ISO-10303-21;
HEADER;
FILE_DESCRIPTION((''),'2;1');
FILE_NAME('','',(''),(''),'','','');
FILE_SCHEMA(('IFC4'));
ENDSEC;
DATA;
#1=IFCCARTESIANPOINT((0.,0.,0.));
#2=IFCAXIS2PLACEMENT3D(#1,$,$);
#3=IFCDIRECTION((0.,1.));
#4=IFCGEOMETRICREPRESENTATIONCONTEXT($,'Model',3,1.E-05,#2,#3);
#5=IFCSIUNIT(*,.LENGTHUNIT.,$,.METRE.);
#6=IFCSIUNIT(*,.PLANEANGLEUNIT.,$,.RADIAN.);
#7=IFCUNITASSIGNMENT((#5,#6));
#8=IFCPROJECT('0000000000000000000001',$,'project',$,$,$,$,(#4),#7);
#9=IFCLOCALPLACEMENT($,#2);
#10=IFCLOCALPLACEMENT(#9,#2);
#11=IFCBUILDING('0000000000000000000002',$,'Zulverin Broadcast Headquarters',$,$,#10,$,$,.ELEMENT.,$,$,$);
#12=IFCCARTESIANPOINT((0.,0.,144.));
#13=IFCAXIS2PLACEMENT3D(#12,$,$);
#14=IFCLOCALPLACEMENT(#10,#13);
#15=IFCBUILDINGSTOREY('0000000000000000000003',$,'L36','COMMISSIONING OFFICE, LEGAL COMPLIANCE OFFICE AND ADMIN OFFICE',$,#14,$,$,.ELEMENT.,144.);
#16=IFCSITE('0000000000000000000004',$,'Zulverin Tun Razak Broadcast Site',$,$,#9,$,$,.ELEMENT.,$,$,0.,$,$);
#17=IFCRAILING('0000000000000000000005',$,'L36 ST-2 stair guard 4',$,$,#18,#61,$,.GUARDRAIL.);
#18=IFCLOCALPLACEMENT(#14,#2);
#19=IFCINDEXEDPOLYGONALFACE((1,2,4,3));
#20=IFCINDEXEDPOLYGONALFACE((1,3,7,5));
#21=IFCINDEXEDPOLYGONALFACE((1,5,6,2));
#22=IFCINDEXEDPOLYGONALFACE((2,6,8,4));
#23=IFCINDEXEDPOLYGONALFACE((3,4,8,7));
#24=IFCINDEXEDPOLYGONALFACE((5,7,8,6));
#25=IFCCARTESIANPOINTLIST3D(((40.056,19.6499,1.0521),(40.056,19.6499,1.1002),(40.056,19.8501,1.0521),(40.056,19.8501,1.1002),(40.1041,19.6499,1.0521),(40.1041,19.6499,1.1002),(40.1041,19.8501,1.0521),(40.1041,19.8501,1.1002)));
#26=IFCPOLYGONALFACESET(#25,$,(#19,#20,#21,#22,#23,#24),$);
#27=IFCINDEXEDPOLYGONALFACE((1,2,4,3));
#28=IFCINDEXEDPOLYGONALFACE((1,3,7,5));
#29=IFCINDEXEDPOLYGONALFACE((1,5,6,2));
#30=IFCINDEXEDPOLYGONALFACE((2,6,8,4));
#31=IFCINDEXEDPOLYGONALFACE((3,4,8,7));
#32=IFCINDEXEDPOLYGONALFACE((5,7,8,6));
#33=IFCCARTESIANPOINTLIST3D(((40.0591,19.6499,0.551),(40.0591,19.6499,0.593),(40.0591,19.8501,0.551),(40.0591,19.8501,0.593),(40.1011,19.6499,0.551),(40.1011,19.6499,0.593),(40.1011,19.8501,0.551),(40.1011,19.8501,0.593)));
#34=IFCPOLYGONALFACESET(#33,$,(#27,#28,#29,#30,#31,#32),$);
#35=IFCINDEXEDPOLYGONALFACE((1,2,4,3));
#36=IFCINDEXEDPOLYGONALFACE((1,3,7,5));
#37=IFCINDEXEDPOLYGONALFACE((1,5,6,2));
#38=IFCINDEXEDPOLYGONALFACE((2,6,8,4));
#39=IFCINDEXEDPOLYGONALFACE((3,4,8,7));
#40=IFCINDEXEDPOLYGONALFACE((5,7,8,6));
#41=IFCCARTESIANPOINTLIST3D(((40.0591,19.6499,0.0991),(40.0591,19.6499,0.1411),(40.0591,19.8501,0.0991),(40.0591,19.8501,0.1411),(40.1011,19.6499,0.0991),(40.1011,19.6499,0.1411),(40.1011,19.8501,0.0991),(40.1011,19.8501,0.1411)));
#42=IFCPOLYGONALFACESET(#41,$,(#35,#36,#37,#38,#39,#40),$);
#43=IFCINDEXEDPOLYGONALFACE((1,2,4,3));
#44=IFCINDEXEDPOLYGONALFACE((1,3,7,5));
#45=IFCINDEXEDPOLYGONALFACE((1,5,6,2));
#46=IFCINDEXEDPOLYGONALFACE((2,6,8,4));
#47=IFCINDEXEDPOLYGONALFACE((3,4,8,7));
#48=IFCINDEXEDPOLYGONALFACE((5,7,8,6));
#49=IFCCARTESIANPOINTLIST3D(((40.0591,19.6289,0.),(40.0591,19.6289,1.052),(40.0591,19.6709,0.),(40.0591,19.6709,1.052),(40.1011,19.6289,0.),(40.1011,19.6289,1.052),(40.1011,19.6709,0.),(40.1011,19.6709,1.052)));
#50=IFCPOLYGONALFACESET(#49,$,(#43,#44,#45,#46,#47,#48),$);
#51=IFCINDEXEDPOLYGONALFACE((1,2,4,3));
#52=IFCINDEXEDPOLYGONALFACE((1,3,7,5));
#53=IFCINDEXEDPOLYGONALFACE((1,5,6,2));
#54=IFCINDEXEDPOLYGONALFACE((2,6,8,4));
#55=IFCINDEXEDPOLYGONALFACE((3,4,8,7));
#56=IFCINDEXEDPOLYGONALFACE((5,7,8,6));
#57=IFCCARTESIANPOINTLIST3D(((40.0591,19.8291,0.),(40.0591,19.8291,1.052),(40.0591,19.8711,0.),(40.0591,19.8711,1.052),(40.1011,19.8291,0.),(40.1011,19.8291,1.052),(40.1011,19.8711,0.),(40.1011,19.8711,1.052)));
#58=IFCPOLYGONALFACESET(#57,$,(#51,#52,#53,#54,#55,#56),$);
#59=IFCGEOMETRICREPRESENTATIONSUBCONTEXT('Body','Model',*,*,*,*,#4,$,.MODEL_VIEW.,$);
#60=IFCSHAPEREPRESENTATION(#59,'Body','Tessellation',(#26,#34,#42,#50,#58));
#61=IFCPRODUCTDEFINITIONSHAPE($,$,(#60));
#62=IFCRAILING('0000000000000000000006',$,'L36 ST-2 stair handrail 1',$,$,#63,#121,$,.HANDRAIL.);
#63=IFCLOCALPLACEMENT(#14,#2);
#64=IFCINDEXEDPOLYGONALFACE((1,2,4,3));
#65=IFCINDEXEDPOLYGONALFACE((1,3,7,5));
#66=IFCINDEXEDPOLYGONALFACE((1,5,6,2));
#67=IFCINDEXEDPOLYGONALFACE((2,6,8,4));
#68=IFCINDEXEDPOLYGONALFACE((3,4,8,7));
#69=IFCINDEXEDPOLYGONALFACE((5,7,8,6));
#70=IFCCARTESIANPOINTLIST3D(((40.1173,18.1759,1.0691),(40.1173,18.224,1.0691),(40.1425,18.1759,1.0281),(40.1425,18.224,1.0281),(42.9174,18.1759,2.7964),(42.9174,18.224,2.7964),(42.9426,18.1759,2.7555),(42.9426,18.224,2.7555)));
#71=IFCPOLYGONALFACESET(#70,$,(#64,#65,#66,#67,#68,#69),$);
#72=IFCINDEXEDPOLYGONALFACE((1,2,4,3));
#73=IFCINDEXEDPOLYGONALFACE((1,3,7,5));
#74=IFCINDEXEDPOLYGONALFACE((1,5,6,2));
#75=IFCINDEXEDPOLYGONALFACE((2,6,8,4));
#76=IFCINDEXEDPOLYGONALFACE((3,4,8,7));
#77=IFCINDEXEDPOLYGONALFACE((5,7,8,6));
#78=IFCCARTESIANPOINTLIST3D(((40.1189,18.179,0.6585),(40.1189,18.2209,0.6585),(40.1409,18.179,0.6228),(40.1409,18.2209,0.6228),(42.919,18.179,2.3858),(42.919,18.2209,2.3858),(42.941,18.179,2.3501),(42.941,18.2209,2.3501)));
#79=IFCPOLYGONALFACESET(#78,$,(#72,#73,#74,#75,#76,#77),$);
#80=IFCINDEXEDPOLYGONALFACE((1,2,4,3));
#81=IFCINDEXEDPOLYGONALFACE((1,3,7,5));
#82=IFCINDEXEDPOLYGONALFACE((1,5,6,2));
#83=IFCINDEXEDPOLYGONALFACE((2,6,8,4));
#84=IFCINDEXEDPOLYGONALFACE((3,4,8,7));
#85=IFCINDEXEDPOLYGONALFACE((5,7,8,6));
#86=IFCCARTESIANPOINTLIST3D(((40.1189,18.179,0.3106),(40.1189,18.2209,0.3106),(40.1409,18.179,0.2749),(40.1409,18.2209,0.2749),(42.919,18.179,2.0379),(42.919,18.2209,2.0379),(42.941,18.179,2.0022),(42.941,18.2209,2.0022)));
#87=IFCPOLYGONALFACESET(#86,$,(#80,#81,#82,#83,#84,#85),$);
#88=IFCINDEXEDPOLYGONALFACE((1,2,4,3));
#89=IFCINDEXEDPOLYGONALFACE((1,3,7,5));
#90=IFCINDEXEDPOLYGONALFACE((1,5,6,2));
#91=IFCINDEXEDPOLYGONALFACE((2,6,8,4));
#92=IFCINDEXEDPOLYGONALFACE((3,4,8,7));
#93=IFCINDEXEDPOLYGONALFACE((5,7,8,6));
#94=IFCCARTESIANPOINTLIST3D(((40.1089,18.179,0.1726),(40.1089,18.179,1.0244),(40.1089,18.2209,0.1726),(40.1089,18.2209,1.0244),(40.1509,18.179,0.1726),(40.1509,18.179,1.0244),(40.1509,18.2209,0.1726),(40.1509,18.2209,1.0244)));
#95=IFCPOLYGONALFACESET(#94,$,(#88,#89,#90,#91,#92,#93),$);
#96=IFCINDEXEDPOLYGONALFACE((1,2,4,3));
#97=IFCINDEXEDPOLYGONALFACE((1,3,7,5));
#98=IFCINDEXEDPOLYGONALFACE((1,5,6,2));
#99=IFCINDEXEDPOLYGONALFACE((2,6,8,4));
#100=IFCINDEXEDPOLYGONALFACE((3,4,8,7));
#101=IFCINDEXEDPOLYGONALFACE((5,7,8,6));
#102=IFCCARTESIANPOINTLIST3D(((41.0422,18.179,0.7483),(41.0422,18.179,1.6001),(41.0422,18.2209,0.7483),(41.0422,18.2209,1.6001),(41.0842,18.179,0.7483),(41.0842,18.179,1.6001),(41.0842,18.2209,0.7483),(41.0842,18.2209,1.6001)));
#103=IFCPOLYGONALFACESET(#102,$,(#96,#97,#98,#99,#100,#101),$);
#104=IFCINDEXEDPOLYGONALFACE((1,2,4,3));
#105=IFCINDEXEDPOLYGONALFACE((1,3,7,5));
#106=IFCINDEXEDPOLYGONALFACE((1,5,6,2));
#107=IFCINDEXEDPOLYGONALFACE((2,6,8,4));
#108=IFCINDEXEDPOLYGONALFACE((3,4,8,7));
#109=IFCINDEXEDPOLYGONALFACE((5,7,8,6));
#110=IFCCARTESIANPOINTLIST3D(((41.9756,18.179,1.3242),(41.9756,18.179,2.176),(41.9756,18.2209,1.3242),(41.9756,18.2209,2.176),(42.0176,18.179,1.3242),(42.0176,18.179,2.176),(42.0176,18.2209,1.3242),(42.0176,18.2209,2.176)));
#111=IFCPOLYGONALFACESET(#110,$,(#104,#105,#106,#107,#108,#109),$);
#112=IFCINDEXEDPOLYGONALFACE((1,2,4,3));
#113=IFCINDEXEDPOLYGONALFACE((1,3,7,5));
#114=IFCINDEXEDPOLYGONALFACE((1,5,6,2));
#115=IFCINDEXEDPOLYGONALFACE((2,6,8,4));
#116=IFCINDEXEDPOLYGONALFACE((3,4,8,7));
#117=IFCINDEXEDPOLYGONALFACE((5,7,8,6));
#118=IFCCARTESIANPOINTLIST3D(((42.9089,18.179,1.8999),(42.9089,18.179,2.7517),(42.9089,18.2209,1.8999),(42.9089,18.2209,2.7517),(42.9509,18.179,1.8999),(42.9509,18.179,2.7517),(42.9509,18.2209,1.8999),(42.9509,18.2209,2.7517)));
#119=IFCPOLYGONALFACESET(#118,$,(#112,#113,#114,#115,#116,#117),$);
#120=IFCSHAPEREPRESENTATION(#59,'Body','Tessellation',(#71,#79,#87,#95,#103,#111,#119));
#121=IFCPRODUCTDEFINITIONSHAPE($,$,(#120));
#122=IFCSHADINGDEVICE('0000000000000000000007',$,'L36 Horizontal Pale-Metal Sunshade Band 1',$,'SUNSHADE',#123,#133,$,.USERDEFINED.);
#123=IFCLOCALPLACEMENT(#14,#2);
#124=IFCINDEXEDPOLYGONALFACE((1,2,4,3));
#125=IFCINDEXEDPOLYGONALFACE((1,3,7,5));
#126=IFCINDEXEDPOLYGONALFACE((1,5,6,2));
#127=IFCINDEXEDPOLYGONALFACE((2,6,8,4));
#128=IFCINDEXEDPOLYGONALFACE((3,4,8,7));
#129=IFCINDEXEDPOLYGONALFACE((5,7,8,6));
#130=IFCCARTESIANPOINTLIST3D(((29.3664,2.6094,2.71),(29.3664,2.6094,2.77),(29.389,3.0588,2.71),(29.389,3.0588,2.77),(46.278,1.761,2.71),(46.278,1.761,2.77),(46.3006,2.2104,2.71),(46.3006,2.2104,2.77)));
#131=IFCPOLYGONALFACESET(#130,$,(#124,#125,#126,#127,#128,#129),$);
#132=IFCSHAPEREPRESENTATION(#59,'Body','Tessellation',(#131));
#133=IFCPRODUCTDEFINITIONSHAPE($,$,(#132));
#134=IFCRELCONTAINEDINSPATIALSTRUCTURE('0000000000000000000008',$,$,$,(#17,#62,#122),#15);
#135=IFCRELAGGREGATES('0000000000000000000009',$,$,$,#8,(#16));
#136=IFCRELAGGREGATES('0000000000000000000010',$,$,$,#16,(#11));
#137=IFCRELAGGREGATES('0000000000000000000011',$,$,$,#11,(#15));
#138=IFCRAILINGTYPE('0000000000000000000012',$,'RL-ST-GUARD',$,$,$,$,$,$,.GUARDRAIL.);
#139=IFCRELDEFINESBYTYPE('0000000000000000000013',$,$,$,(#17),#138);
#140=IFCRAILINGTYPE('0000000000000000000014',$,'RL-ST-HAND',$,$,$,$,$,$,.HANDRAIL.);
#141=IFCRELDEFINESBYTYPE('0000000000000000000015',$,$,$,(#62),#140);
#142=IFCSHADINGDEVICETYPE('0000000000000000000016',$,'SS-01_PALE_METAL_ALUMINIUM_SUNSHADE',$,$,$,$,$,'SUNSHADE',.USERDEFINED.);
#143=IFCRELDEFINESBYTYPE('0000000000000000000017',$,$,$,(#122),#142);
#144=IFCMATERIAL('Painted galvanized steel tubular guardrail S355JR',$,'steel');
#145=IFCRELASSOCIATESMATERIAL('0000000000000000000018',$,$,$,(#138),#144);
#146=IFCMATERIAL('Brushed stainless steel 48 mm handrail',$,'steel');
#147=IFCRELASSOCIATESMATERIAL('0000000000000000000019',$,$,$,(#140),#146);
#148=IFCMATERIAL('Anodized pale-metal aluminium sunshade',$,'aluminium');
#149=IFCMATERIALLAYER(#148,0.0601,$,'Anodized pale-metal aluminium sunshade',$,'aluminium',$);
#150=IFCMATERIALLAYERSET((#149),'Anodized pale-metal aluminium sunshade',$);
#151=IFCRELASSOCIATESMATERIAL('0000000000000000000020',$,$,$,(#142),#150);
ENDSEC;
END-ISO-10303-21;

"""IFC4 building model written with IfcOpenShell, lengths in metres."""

from ifc_helpers import new_model, si_unit, direction, frame, origin, origin_2d, place, context, subcontext, project, spatial, rectangle, extrude, material, layer, layer_set, type_object, element, save


model = new_model("IFC4")

# Units and contexts
model_context = context("Model", 3, precision=1e-05, world=origin(), true_north=direction((0.0, 1.0)))
body_context = subcontext(model_context, "Body", "Model", "MODEL_VIEW")
ifc_project = project(units=[si_unit("LENGTHUNIT", "METRE"), si_unit("PLANEANGLEUNIT", "RADIAN")], contexts=[model_context])

# Site, building, storey
site_placement = place(None, origin())
site = spatial("IfcSite", under=ifc_project, at=site_placement, Name="Zulverin Tun Razak Broadcast Site", CompositionType="ELEMENT", RefElevation=0.0)
building_placement = place(site_placement, origin())
building = spatial("IfcBuilding", under=site, at=building_placement, Name="Zulverin Broadcast Headquarters", CompositionType="ELEMENT")
storey_placement = place(building_placement, frame((0.0, 0.0, 144.0)))
storey = spatial("IfcBuildingStorey", under=building, at=storey_placement, Name="L36", Description="COMMISSIONING OFFICE, LEGAL COMPLIANCE OFFICE AND ADMIN OFFICE", CompositionType="ELEMENT", Elevation=144.0)

# Railings
ifc_material_1 = material(Name="Painted galvanized steel tubular guardrail S355JR", Category="steel")
railing_type_1 = type_object("IfcRailingType", Name="RL-ST-GUARD", PredefinedType="GUARDRAIL", material=ifc_material_1)
for number, where, name in (
    (1, (40.0801, 19.6499, 0.0), "L36 ST-2 stair guard 4"),
):
    element("IfcRailing", number, at=place(storey_placement, frame(where)), inside=storey, type_object=railing_type_1, Name=name, PredefinedType="GUARDRAIL", context=body_context, shape_type="SweptSolid", body=[
        extrude(rectangle(XDim=0.0481, YDim=0.0481, at=origin_2d()), frame((0.0, 0.0, 1.0762), z_axis=(0.0, 1.0, 0.0), x_axis=(-1.0, 0.0, 0.0)), (0.0, 0.0, 1.0), 0.2002),
        extrude(rectangle(XDim=0.042, YDim=0.042, at=origin_2d()), frame((0.0, 0.0, 0.572), z_axis=(0.0, 1.0, 0.0), x_axis=(-1.0, 0.0, 0.0)), (0.0, 0.0, 1.0), 0.2002),
        extrude(rectangle(XDim=0.042, YDim=0.042, at=origin_2d()), frame((0.0, 0.0, 0.1201), z_axis=(0.0, 1.0, 0.0), x_axis=(-1.0, 0.0, 0.0)), (0.0, 0.0, 1.0), 0.2002),
        extrude(rectangle(XDim=0.042, YDim=0.042, at=origin_2d()), origin(), (0.0, 0.0, 1.0), 1.052),
        extrude(rectangle(XDim=0.042, YDim=0.042, at=origin_2d()), frame((0.0, 0.2002, 0.0)), (0.0, 0.0, 1.0), 1.052),
    ])
ifc_material_2 = material(Name="Brushed stainless steel 48 mm handrail", Category="steel")
railing_type_2 = type_object("IfcRailingType", Name="RL-ST-HAND", PredefinedType="HANDRAIL", material=ifc_material_2)
railing_1_placement = place(storey_placement, frame((40.1299, 18.2, 0.1726)))
element("IfcRailing", 2, at=railing_1_placement, inside=storey, type_object=railing_type_2, Name="L36 ST-2 stair handrail 1", PredefinedType="HANDRAIL", context=body_context, shape_type="SweptSolid", body=[
    extrude(rectangle(XDim=0.0481, YDim=0.0481, at=origin_2d()), frame((0.0, 0.0, 0.876), z_axis=(0.85109, 0.0, 0.52502), x_axis=(0.0, 1.0, 0.0)), (0.0, 0.0, 1.0), 3.29),
    extrude(rectangle(XDim=0.042, YDim=0.042, at=origin_2d()), frame((0.0, 0.0, 0.468), z_axis=(0.85109, 0.0, 0.52502), x_axis=(0.0, 1.0, 0.0)), (0.0, 0.0, 1.0), 3.29),
    extrude(rectangle(XDim=0.042, YDim=0.042, at=origin_2d()), frame((0.0, 0.0, 0.1201), z_axis=(0.85109, 0.0, 0.52502), x_axis=(0.0, 1.0, 0.0)), (0.0, 0.0, 1.0), 3.29),
    extrude(rectangle(XDim=0.042, YDim=0.042, at=origin_2d()), origin(), (0.0, 0.0, 1.0), 0.8518),
    extrude(rectangle(XDim=0.042, YDim=0.042, at=origin_2d()), frame((0.9333, 0.0, 0.5757)), (0.0, 0.0, 1.0), 0.8518),
    extrude(rectangle(XDim=0.042, YDim=0.042, at=origin_2d()), frame((1.8667, 0.0, 1.1516)), (0.0, 0.0, 1.0), 0.8518),
    extrude(rectangle(XDim=0.042, YDim=0.042, at=origin_2d()), frame((2.8, 0.0, 1.7273)), (0.0, 0.0, 1.0), 0.8518),
])

# Shading device
ifc_material_3 = material(Name="Anodized pale-metal aluminium sunshade", Category="aluminium")
ifc_layer_1 = layer(ifc_material_3, 0.0601, Name="Anodized pale-metal aluminium sunshade", Category="aluminium")
ifc_layer_set_1 = layer_set([ifc_layer_1], Name="Anodized pale-metal aluminium sunshade")
shading_device_type = type_object("IfcShadingDeviceType", Name="SS-01_PALE_METAL_ALUMINIUM_SUNSHADE", ElementType="SUNSHADE", PredefinedType="USERDEFINED", material=ifc_layer_set_1)
shading_device_placement = place(storey_placement, frame((37.8335, 2.4099, 2.71), z_axis=(0.0, 0.0, 1.0), x_axis=(0.998744, -0.050107, 0.0)))
element("IfcShadingDevice", 3, at=shading_device_placement, inside=storey, type_object=shading_device_type, Name="L36 Horizontal Pale-Metal Sunshade Band 1", ObjectType="SUNSHADE", PredefinedType="USERDEFINED", context=body_context, shape_type="SweptSolid", body=[
    extrude(rectangle(XDim=16.9329, YDim=0.45, at=origin_2d()), origin(), (0.0, 0.0, 1.0), 0.0601),
])

save(model, "model.ifc")
